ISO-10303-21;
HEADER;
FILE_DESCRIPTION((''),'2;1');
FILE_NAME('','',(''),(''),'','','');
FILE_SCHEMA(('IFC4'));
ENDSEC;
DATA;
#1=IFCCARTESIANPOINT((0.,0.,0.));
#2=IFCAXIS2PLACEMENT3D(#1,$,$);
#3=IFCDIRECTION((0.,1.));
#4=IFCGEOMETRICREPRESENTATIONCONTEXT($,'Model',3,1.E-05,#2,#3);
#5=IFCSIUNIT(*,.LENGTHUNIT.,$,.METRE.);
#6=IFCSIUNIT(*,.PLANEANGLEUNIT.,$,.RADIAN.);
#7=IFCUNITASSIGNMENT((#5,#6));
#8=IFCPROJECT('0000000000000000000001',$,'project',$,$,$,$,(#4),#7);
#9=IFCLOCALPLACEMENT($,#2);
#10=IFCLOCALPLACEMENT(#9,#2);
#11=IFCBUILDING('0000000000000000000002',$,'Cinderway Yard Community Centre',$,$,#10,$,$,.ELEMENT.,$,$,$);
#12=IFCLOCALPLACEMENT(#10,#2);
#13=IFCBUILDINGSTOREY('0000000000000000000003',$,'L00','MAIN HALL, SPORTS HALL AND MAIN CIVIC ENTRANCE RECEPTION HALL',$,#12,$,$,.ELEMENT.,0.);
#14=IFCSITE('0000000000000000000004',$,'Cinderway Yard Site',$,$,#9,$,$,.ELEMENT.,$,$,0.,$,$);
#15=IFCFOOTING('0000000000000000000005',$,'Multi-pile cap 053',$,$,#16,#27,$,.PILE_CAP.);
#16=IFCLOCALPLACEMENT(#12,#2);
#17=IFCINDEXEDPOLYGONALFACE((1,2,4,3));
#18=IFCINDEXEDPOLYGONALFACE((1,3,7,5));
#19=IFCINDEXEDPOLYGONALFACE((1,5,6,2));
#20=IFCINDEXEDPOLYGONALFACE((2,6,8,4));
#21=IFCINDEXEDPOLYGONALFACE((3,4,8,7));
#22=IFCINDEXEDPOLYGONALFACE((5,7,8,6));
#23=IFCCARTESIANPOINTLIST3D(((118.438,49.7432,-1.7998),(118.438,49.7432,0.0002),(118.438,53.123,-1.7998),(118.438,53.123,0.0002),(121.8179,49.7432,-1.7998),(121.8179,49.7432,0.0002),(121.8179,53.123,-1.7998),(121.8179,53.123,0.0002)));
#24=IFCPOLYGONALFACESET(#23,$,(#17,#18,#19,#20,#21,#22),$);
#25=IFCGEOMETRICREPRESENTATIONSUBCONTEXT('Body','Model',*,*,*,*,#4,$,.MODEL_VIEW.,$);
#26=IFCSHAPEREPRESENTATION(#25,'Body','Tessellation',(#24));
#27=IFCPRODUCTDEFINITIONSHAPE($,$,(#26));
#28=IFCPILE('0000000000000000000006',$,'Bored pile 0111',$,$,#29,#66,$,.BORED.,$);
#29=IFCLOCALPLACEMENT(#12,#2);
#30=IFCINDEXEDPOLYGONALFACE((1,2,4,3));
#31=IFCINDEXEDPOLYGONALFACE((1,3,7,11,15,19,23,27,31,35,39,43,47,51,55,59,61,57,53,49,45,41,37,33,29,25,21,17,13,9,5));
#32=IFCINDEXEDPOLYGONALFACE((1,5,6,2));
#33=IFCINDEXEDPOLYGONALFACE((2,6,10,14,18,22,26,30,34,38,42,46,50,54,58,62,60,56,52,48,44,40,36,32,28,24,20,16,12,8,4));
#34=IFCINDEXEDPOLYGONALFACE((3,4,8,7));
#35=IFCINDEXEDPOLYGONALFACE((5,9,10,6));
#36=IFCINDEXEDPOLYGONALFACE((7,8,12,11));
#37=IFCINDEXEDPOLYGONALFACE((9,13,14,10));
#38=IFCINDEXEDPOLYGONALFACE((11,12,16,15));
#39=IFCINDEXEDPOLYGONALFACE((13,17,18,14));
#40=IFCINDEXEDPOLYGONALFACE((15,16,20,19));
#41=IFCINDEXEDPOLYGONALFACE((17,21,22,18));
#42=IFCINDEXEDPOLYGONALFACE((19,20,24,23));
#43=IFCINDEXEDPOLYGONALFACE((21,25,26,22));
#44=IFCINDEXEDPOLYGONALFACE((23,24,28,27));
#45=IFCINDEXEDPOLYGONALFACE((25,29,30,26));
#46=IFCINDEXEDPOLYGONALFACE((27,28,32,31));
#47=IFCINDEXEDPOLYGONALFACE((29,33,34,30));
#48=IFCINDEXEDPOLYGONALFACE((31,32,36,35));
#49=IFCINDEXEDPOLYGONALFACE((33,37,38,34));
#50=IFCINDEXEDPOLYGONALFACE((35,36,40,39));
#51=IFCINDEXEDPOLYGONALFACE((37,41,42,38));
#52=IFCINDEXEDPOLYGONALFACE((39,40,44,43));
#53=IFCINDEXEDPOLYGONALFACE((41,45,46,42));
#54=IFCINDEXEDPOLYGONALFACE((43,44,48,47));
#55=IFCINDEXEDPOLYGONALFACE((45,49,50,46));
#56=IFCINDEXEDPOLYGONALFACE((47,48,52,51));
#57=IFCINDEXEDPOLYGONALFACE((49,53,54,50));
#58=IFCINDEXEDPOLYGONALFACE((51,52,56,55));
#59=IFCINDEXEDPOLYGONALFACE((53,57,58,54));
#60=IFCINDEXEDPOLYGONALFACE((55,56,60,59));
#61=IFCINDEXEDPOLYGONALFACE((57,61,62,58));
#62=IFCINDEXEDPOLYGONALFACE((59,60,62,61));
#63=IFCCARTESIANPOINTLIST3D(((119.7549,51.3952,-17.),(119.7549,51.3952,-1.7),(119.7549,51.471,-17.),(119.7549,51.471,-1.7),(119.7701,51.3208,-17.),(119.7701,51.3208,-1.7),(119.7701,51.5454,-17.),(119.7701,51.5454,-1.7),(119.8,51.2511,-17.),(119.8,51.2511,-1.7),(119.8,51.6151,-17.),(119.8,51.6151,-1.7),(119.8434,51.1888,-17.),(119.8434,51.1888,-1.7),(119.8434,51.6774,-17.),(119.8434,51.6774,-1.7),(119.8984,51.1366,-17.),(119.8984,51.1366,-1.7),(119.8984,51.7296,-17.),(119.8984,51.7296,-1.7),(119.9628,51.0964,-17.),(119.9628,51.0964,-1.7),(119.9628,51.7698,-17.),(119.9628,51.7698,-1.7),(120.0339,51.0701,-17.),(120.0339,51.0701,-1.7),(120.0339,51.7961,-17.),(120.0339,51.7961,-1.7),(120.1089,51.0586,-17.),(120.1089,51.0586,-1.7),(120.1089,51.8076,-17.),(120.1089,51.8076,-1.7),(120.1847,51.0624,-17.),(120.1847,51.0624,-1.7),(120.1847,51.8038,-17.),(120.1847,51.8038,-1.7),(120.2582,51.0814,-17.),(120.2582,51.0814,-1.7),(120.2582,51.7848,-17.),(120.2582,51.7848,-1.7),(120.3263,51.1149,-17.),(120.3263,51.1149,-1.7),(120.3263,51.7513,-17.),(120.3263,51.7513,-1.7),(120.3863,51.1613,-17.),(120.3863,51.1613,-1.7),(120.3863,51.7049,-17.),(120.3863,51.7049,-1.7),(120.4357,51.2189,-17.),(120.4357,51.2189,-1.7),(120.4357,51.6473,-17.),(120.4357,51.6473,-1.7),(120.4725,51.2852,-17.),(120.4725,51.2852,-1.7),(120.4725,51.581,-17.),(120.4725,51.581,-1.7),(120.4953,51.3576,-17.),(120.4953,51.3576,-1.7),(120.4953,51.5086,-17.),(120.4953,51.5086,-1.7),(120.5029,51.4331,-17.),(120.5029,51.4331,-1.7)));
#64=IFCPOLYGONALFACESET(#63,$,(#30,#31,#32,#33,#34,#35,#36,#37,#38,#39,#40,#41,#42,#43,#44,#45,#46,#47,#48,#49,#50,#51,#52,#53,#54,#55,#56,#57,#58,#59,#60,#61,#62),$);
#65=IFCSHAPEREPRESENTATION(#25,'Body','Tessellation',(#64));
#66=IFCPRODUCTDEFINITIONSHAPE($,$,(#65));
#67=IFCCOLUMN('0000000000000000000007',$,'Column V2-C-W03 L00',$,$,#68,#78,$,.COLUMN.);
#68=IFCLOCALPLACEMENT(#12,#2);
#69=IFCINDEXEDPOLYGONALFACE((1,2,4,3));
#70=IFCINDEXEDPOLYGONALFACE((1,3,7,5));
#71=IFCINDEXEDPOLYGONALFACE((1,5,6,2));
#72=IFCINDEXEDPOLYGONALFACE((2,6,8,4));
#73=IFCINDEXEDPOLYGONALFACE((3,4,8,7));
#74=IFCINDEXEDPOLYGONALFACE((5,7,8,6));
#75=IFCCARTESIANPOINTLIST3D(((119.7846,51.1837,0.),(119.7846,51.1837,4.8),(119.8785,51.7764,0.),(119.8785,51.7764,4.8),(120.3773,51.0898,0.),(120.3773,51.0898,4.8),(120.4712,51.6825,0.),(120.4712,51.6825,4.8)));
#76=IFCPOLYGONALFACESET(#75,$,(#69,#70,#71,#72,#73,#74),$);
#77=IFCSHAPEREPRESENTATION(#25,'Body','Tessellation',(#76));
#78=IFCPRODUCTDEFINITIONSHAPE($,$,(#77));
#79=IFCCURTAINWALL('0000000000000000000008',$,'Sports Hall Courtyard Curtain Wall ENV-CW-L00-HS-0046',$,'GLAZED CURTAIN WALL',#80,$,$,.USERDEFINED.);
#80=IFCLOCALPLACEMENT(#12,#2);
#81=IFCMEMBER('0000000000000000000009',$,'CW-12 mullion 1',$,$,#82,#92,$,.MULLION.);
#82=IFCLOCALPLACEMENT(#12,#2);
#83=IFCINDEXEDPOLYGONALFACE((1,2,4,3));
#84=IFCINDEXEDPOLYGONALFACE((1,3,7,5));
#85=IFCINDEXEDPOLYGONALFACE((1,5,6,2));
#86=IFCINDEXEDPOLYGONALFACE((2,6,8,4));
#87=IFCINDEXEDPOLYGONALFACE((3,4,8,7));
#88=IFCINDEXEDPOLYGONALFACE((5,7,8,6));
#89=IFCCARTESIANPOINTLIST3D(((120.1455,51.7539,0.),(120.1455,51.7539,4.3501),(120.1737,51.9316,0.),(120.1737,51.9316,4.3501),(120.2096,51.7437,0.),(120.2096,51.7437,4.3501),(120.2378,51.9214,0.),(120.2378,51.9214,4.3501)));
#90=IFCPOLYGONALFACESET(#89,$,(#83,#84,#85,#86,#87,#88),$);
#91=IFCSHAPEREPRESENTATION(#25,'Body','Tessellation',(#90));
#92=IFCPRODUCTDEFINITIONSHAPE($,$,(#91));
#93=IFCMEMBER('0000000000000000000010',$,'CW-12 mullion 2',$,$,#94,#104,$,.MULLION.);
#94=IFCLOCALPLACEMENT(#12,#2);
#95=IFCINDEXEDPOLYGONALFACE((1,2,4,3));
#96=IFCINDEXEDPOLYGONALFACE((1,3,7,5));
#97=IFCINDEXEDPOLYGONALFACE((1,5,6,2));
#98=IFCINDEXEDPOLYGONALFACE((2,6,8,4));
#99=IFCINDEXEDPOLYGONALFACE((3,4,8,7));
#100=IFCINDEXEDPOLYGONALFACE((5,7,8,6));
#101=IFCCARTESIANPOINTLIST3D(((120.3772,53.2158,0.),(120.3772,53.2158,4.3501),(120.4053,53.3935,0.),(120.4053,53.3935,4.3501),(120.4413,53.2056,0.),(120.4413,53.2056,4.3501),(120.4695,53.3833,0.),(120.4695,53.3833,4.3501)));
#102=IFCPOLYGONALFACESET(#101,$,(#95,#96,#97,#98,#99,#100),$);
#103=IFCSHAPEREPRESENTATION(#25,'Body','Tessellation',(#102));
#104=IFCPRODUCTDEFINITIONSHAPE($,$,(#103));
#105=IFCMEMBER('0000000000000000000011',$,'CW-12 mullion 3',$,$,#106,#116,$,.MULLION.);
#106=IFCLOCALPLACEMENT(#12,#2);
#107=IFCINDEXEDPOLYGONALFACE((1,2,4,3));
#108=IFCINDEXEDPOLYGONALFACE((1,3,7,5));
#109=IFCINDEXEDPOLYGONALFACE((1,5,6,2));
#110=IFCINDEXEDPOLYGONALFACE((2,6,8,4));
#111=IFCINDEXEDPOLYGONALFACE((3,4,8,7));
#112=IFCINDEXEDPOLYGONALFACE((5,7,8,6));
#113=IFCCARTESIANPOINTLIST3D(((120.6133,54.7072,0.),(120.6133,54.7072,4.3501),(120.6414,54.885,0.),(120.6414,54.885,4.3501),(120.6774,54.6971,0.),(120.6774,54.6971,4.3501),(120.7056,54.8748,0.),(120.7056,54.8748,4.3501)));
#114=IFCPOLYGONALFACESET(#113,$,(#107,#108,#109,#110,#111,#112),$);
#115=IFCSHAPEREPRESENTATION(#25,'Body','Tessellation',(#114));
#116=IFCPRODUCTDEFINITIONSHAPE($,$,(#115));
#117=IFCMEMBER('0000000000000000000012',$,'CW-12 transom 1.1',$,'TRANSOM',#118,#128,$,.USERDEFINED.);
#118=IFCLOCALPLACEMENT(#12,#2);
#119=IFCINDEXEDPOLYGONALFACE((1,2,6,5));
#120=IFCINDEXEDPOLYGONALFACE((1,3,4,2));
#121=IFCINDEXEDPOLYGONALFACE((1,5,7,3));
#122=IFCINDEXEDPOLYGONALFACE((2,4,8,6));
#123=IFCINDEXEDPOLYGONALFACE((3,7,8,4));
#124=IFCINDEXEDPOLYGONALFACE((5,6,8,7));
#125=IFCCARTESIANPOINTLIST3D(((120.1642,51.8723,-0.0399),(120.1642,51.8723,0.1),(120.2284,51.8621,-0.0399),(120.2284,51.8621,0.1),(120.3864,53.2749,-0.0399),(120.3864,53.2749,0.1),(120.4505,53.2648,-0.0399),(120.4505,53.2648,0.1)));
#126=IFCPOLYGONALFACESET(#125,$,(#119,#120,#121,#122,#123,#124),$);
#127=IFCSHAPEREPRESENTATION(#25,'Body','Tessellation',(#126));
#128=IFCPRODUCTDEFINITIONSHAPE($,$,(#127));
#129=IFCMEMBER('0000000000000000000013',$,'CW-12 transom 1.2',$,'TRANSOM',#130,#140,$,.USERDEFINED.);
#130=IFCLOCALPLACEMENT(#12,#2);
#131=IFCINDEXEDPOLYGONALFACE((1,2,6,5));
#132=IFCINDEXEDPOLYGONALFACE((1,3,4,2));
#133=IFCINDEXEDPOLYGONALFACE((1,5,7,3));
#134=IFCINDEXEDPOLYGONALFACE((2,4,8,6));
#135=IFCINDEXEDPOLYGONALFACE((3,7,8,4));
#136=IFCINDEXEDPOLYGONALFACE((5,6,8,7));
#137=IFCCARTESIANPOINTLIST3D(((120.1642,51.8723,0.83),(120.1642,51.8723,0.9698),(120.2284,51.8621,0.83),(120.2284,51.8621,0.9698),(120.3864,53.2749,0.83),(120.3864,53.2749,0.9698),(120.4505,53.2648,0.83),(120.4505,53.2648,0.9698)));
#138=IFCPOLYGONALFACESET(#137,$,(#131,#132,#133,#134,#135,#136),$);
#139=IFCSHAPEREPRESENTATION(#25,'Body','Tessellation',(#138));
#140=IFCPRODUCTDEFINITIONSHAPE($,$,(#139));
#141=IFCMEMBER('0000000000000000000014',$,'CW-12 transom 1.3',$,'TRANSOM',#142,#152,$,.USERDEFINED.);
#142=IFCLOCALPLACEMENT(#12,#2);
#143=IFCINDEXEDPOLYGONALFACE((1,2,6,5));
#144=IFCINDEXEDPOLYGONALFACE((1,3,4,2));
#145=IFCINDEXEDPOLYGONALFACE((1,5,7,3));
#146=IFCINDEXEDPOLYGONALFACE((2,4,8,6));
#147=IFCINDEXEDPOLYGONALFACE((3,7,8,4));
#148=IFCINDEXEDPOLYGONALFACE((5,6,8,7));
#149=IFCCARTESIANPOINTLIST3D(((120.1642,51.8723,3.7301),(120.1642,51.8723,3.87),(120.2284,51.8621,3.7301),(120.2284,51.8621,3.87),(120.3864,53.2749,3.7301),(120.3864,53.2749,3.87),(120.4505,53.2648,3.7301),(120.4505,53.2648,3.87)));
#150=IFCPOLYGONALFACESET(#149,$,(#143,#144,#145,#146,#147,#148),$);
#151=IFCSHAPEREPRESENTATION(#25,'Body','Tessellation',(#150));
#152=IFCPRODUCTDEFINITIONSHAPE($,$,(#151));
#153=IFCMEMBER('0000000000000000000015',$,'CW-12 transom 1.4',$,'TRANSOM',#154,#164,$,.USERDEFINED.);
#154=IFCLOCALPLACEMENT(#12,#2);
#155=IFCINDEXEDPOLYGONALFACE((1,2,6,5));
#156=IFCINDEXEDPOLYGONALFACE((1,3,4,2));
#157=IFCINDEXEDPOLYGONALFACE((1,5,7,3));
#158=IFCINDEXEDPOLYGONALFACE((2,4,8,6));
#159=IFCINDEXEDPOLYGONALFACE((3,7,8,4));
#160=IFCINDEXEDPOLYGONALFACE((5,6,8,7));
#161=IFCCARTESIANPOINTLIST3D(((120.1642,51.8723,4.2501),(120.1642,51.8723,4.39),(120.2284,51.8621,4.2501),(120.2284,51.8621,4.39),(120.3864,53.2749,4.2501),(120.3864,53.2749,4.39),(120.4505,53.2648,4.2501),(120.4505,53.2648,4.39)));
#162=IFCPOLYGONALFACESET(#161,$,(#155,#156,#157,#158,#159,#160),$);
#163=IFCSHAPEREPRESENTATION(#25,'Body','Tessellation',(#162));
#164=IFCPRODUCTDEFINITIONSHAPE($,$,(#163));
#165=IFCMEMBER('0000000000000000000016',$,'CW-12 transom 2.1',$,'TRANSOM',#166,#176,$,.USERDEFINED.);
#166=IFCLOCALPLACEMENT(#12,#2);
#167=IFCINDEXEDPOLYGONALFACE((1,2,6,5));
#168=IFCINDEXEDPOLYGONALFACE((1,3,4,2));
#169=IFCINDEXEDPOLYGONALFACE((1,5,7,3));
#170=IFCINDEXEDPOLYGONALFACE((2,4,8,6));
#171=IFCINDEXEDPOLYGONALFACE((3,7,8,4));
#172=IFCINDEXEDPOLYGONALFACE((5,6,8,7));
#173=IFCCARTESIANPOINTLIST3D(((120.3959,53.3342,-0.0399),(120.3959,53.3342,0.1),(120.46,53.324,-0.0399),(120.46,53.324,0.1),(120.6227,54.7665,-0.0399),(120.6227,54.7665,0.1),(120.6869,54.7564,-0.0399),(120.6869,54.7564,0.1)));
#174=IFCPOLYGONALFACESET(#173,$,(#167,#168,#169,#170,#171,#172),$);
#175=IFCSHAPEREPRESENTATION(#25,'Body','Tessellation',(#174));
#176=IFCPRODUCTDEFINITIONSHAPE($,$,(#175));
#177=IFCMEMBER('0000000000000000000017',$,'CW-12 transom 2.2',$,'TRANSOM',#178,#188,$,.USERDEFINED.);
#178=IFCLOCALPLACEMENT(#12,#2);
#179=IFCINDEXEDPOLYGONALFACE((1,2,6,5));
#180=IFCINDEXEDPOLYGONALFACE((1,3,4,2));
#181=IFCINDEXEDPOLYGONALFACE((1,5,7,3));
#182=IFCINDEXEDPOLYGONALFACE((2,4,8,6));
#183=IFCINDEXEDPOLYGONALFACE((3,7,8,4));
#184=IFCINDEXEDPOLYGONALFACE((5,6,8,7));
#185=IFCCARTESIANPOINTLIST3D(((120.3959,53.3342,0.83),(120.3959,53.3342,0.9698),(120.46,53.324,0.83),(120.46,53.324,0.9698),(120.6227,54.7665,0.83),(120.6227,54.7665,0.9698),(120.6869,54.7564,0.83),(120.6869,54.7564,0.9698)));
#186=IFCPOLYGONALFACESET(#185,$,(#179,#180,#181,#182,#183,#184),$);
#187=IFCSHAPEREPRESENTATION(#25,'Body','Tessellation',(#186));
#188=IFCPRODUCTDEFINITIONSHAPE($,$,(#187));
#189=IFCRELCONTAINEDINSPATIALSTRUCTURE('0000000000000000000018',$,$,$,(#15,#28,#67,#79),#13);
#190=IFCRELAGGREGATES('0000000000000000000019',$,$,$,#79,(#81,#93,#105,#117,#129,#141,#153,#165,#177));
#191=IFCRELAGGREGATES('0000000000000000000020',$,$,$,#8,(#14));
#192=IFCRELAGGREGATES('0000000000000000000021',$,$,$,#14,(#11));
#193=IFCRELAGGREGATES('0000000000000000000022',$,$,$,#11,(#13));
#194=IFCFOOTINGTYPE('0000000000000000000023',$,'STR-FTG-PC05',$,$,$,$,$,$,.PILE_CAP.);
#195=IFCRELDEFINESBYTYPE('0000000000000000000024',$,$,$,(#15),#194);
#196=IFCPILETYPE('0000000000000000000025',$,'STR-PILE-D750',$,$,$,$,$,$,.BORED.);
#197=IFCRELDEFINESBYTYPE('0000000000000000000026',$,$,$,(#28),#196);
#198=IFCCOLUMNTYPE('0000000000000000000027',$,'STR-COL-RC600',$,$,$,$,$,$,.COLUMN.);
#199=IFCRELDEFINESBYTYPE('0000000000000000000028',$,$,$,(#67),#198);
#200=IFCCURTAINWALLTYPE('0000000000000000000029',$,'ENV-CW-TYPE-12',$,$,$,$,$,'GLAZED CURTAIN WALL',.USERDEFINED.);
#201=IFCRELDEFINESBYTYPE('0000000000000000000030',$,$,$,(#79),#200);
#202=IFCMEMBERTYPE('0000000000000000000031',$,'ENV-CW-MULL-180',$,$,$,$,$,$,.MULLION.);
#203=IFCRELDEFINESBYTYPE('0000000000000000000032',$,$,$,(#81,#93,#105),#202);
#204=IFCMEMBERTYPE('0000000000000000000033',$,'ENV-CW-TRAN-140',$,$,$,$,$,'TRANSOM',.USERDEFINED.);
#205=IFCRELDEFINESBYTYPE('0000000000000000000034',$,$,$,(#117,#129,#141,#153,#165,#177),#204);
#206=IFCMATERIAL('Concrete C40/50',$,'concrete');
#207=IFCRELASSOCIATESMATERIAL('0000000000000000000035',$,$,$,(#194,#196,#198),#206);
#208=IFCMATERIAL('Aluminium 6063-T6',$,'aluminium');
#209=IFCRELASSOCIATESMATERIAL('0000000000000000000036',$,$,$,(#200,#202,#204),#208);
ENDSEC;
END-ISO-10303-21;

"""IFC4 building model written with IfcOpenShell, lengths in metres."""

from ifc_helpers import new_model, si_unit, direction, frame, origin, origin_2d, place, context, subcontext, project, spatial, rectangle, circle, extrude, material, material_profile, profile_set, type_object, element, aggregate, save


model = new_model("IFC4")

# Units and contexts
model_context = context("Model", 3, precision=1e-05, world=origin(), true_north=direction((0.0, 1.0)))
body_context = subcontext(model_context, "Body", "Model", "MODEL_VIEW")
ifc_project = project(units=[si_unit("LENGTHUNIT", "METRE"), si_unit("PLANEANGLEUNIT", "RADIAN")], contexts=[model_context])

# Site, building, storey
site_placement = place(None, origin())
site = spatial("IfcSite", under=ifc_project, at=site_placement, Name="Cinderway Yard Site", CompositionType="ELEMENT", RefElevation=0.0)
building_placement = place(site_placement, origin())
building = spatial("IfcBuilding", under=site, at=building_placement, Name="Cinderway Yard Community Centre", CompositionType="ELEMENT")
storey_placement = place(building_placement, origin())
storey = spatial("IfcBuildingStorey", under=building, at=storey_placement, Name="L00", Description="MAIN HALL, SPORTS HALL AND MAIN CIVIC ENTRANCE RECEPTION HALL", CompositionType="ELEMENT", Elevation=0.0)

# Footing
ifc_material_1 = material(Name="Concrete C40/50", Category="concrete")
footing_type = type_object("IfcFootingType", Name="STR-FTG-PC05", PredefinedType="PILE_CAP", material=ifc_material_1)
footing_placement = place(storey_placement, frame((120.1279, 51.4331, -1.7998), z_axis=(0.0, 0.0, 1.0), x_axis=(1.0, 0.0, 0.0)))
element("IfcFooting", 1, at=footing_placement, inside=storey, type_object=footing_type, Name="Multi-pile cap 053", PredefinedType="PILE_CAP", context=body_context, shape_type="SweptSolid", body=[
    extrude(rectangle(XDim=3.3799, YDim=3.3799, at=origin_2d()), origin(), (0.0, 0.0, 1.0), 1.8),
])

# Pile
ifc_material_profile_1 = material_profile(ifc_material_1, circle(Radius=0.375, at=origin_2d()), Name="Concrete C40/50")
ifc_profile_set_1 = profile_set([ifc_material_profile_1], Name="Concrete C40/50")
pile_type = type_object("IfcPileType", Name="STR-PILE-D750", PredefinedType="BORED", material=ifc_profile_set_1)
pile_placement = place(storey_placement, frame((120.1279, 51.4331, -1.7), z_axis=(0.0, 0.0, -1.0), x_axis=(1.0, 0.0, 0.0)))
element("IfcPile", 2, at=pile_placement, inside=storey, type_object=pile_type, Name="Bored pile 0111", PredefinedType="BORED", context=body_context, shape_type="SweptSolid", body=[
    extrude(circle(Radius=0.375, at=origin_2d()), origin(), (0.0, 0.0, 1.0), 15.3),
])

# Column
ifc_material_profile_2 = material_profile(ifc_material_1, rectangle(XDim=0.6001, YDim=0.6001, at=origin_2d()), Name="Concrete C40/50")
ifc_profile_set_2 = profile_set([ifc_material_profile_2], Name="Concrete C40/50")
column_type = type_object("IfcColumnType", Name="STR-COL-RC600", PredefinedType="COLUMN", material=ifc_profile_set_2)
column_placement = place(storey_placement, frame((120.1279, 51.4331, 0.0), z_axis=(0.0, 0.0, 1.0), x_axis=(0.987688, -0.156434, 0.0)))
element("IfcColumn", 3, at=column_placement, inside=storey, type_object=column_type, Name="Column V2-C-W03 L00", PredefinedType="COLUMN", context=body_context, shape_type="SweptSolid", body=[
    extrude(rectangle(XDim=0.6001, YDim=0.6001, at=origin_2d()), origin(), (0.0, 0.0, 1.0), 4.8),
])

# Curtain wall, members
ifc_material_2 = material(Name="Aluminium 6063-T6", Category="aluminium")
curtain_wall_type = type_object("IfcCurtainWallType", Name="ENV-CW-TYPE-12", ElementType="GLAZED CURTAIN WALL", PredefinedType="USERDEFINED", material=ifc_material_2)
curtain_wall_placement = place(storey_placement, origin())
curtain_wall = element("IfcCurtainWall", 4, at=curtain_wall_placement, inside=storey, type_object=curtain_wall_type, Name="Sports Hall Courtyard Curtain Wall ENV-CW-L00-HS-0046", ObjectType="GLAZED CURTAIN WALL", PredefinedType="USERDEFINED")
ifc_material_profile_3 = material_profile(ifc_material_2, rectangle(XDim=0.0649, YDim=0.1799, at=origin_2d()), Name="Aluminium 6063-T6")
ifc_profile_set_3 = profile_set([ifc_material_profile_3], Name="Aluminium 6063-T6")
member_type_1 = type_object("IfcMemberType", Name="ENV-CW-MULL-180", PredefinedType="MULLION", material=ifc_profile_set_3)
member_1_placement = place(storey_placement, frame((120.1917, 51.8376, 0.0), z_axis=(0.0, 0.0, 1.0), x_axis=(-0.987686, 0.156447, 0.0)))
member_1 = element("IfcMember", 5, at=member_1_placement, type_object=member_type_1, Name="CW-12 mullion 1", PredefinedType="MULLION", context=body_context, shape_type="SweptSolid", body=[
    extrude(rectangle(XDim=0.0649, YDim=0.1799, at=origin_2d()), origin(), (0.0, 0.0, 1.0), 4.3501),
])
member_2_placement = place(storey_placement, frame((120.4233, 53.2996, 0.0), z_axis=(0.0, 0.0, 1.0), x_axis=(-0.987686, 0.156447, 0.0)))
member_2 = element("IfcMember", 6, at=member_2_placement, type_object=member_type_1, Name="CW-12 mullion 2", PredefinedType="MULLION", context=body_context, shape_type="SweptSolid", body=[
    extrude(rectangle(XDim=0.0649, YDim=0.1799, at=origin_2d()), origin(), (0.0, 0.0, 1.0), 4.3501),
])
member_3_placement = place(storey_placement, frame((120.6594, 54.791, 0.0), z_axis=(0.0, 0.0, 1.0), x_axis=(-0.987686, 0.156447, 0.0)))
member_3 = element("IfcMember", 7, at=member_3_placement, type_object=member_type_1, Name="CW-12 mullion 3", PredefinedType="MULLION", context=body_context, shape_type="SweptSolid", body=[
    extrude(rectangle(XDim=0.0649, YDim=0.1799, at=origin_2d()), origin(), (0.0, 0.0, 1.0), 4.3501),
])
ifc_material_profile_4 = material_profile(ifc_material_2, rectangle(XDim=0.0649, YDim=0.1399, at=origin_2d()), Name="Aluminium 6063-T6")
ifc_profile_set_4 = profile_set([ifc_material_profile_4], Name="Aluminium 6063-T6")
member_type_2 = type_object("IfcMemberType", Name="ENV-CW-TRAN-140", ElementType="TRANSOM", PredefinedType="USERDEFINED", material=ifc_profile_set_4)
member_4_placement = place(storey_placement, frame((120.1963, 51.8672, 0.03), z_axis=(0.156448, 0.987686, 0.0), x_axis=(-0.987686, 0.156448, 0.0)))
member_4 = element("IfcMember", 8, at=member_4_placement, type_object=member_type_2, Name="CW-12 transom 1.1", ObjectType="TRANSOM", PredefinedType="USERDEFINED", context=body_context, shape_type="SweptSolid", body=[
    extrude(rectangle(XDim=0.0649, YDim=0.1399, at=origin_2d()), origin(), (0.0, 0.0, 1.0), 1.4202),
])
member_5_placement = place(storey_placement, frame((120.1963, 51.8672, 0.8999), z_axis=(0.156448, 0.987686, 0.0), x_axis=(-0.987686, 0.156448, 0.0)))
member_5 = element("IfcMember", 9, at=member_5_placement, type_object=member_type_2, Name="CW-12 transom 1.2", ObjectType="TRANSOM", PredefinedType="USERDEFINED", context=body_context, shape_type="SweptSolid", body=[
    extrude(rectangle(XDim=0.0649, YDim=0.1399, at=origin_2d()), origin(), (0.0, 0.0, 1.0), 1.4202),
])
member_6_placement = place(storey_placement, frame((120.1963, 51.8672, 3.8), z_axis=(0.156448, 0.987686, 0.0), x_axis=(-0.987686, 0.156448, 0.0)))
member_6 = element("IfcMember", 10, at=member_6_placement, type_object=member_type_2, Name="CW-12 transom 1.3", ObjectType="TRANSOM", PredefinedType="USERDEFINED", context=body_context, shape_type="SweptSolid", body=[
    extrude(rectangle(XDim=0.0649, YDim=0.1399, at=origin_2d()), origin(), (0.0, 0.0, 1.0), 1.4202),
])
member_7_placement = place(storey_placement, frame((120.1963, 51.8672, 4.3201), z_axis=(0.156448, 0.987686, 0.0), x_axis=(-0.987686, 0.156448, 0.0)))
member_7 = element("IfcMember", 11, at=member_7_placement, type_object=member_type_2, Name="CW-12 transom 1.4", ObjectType="TRANSOM", PredefinedType="USERDEFINED", context=body_context, shape_type="SweptSolid", body=[
    extrude(rectangle(XDim=0.0649, YDim=0.1399, at=origin_2d()), origin(), (0.0, 0.0, 1.0), 1.4202),
])
member_8_placement = place(storey_placement, frame((120.428, 53.3291, 0.03), z_axis=(0.156395, 0.987695, 0.0), x_axis=(-0.987695, 0.156395, 0.0)))
member_8 = element("IfcMember", 12, at=member_8_placement, type_object=member_type_2, Name="CW-12 transom 2.1", ObjectType="TRANSOM", PredefinedType="USERDEFINED", context=body_context, shape_type="SweptSolid", body=[
    extrude(rectangle(XDim=0.0649, YDim=0.1399, at=origin_2d()), origin(), (0.0, 0.0, 1.0), 1.4502),
])
member_9_placement = place(storey_placement, frame((120.428, 53.3291, 0.8999), z_axis=(0.156395, 0.987695, 0.0), x_axis=(-0.987695, 0.156395, 0.0)))
member_9 = element("IfcMember", 13, at=member_9_placement, type_object=member_type_2, Name="CW-12 transom 2.2", ObjectType="TRANSOM", PredefinedType="USERDEFINED", context=body_context, shape_type="SweptSolid", body=[
    extrude(rectangle(XDim=0.0649, YDim=0.1399, at=origin_2d()), origin(), (0.0, 0.0, 1.0), 1.4502),
])
aggregate(curtain_wall, [member_1, member_2, member_3, member_4, member_5, member_6, member_7, member_8, member_9])

save(model, "model.ifc")
